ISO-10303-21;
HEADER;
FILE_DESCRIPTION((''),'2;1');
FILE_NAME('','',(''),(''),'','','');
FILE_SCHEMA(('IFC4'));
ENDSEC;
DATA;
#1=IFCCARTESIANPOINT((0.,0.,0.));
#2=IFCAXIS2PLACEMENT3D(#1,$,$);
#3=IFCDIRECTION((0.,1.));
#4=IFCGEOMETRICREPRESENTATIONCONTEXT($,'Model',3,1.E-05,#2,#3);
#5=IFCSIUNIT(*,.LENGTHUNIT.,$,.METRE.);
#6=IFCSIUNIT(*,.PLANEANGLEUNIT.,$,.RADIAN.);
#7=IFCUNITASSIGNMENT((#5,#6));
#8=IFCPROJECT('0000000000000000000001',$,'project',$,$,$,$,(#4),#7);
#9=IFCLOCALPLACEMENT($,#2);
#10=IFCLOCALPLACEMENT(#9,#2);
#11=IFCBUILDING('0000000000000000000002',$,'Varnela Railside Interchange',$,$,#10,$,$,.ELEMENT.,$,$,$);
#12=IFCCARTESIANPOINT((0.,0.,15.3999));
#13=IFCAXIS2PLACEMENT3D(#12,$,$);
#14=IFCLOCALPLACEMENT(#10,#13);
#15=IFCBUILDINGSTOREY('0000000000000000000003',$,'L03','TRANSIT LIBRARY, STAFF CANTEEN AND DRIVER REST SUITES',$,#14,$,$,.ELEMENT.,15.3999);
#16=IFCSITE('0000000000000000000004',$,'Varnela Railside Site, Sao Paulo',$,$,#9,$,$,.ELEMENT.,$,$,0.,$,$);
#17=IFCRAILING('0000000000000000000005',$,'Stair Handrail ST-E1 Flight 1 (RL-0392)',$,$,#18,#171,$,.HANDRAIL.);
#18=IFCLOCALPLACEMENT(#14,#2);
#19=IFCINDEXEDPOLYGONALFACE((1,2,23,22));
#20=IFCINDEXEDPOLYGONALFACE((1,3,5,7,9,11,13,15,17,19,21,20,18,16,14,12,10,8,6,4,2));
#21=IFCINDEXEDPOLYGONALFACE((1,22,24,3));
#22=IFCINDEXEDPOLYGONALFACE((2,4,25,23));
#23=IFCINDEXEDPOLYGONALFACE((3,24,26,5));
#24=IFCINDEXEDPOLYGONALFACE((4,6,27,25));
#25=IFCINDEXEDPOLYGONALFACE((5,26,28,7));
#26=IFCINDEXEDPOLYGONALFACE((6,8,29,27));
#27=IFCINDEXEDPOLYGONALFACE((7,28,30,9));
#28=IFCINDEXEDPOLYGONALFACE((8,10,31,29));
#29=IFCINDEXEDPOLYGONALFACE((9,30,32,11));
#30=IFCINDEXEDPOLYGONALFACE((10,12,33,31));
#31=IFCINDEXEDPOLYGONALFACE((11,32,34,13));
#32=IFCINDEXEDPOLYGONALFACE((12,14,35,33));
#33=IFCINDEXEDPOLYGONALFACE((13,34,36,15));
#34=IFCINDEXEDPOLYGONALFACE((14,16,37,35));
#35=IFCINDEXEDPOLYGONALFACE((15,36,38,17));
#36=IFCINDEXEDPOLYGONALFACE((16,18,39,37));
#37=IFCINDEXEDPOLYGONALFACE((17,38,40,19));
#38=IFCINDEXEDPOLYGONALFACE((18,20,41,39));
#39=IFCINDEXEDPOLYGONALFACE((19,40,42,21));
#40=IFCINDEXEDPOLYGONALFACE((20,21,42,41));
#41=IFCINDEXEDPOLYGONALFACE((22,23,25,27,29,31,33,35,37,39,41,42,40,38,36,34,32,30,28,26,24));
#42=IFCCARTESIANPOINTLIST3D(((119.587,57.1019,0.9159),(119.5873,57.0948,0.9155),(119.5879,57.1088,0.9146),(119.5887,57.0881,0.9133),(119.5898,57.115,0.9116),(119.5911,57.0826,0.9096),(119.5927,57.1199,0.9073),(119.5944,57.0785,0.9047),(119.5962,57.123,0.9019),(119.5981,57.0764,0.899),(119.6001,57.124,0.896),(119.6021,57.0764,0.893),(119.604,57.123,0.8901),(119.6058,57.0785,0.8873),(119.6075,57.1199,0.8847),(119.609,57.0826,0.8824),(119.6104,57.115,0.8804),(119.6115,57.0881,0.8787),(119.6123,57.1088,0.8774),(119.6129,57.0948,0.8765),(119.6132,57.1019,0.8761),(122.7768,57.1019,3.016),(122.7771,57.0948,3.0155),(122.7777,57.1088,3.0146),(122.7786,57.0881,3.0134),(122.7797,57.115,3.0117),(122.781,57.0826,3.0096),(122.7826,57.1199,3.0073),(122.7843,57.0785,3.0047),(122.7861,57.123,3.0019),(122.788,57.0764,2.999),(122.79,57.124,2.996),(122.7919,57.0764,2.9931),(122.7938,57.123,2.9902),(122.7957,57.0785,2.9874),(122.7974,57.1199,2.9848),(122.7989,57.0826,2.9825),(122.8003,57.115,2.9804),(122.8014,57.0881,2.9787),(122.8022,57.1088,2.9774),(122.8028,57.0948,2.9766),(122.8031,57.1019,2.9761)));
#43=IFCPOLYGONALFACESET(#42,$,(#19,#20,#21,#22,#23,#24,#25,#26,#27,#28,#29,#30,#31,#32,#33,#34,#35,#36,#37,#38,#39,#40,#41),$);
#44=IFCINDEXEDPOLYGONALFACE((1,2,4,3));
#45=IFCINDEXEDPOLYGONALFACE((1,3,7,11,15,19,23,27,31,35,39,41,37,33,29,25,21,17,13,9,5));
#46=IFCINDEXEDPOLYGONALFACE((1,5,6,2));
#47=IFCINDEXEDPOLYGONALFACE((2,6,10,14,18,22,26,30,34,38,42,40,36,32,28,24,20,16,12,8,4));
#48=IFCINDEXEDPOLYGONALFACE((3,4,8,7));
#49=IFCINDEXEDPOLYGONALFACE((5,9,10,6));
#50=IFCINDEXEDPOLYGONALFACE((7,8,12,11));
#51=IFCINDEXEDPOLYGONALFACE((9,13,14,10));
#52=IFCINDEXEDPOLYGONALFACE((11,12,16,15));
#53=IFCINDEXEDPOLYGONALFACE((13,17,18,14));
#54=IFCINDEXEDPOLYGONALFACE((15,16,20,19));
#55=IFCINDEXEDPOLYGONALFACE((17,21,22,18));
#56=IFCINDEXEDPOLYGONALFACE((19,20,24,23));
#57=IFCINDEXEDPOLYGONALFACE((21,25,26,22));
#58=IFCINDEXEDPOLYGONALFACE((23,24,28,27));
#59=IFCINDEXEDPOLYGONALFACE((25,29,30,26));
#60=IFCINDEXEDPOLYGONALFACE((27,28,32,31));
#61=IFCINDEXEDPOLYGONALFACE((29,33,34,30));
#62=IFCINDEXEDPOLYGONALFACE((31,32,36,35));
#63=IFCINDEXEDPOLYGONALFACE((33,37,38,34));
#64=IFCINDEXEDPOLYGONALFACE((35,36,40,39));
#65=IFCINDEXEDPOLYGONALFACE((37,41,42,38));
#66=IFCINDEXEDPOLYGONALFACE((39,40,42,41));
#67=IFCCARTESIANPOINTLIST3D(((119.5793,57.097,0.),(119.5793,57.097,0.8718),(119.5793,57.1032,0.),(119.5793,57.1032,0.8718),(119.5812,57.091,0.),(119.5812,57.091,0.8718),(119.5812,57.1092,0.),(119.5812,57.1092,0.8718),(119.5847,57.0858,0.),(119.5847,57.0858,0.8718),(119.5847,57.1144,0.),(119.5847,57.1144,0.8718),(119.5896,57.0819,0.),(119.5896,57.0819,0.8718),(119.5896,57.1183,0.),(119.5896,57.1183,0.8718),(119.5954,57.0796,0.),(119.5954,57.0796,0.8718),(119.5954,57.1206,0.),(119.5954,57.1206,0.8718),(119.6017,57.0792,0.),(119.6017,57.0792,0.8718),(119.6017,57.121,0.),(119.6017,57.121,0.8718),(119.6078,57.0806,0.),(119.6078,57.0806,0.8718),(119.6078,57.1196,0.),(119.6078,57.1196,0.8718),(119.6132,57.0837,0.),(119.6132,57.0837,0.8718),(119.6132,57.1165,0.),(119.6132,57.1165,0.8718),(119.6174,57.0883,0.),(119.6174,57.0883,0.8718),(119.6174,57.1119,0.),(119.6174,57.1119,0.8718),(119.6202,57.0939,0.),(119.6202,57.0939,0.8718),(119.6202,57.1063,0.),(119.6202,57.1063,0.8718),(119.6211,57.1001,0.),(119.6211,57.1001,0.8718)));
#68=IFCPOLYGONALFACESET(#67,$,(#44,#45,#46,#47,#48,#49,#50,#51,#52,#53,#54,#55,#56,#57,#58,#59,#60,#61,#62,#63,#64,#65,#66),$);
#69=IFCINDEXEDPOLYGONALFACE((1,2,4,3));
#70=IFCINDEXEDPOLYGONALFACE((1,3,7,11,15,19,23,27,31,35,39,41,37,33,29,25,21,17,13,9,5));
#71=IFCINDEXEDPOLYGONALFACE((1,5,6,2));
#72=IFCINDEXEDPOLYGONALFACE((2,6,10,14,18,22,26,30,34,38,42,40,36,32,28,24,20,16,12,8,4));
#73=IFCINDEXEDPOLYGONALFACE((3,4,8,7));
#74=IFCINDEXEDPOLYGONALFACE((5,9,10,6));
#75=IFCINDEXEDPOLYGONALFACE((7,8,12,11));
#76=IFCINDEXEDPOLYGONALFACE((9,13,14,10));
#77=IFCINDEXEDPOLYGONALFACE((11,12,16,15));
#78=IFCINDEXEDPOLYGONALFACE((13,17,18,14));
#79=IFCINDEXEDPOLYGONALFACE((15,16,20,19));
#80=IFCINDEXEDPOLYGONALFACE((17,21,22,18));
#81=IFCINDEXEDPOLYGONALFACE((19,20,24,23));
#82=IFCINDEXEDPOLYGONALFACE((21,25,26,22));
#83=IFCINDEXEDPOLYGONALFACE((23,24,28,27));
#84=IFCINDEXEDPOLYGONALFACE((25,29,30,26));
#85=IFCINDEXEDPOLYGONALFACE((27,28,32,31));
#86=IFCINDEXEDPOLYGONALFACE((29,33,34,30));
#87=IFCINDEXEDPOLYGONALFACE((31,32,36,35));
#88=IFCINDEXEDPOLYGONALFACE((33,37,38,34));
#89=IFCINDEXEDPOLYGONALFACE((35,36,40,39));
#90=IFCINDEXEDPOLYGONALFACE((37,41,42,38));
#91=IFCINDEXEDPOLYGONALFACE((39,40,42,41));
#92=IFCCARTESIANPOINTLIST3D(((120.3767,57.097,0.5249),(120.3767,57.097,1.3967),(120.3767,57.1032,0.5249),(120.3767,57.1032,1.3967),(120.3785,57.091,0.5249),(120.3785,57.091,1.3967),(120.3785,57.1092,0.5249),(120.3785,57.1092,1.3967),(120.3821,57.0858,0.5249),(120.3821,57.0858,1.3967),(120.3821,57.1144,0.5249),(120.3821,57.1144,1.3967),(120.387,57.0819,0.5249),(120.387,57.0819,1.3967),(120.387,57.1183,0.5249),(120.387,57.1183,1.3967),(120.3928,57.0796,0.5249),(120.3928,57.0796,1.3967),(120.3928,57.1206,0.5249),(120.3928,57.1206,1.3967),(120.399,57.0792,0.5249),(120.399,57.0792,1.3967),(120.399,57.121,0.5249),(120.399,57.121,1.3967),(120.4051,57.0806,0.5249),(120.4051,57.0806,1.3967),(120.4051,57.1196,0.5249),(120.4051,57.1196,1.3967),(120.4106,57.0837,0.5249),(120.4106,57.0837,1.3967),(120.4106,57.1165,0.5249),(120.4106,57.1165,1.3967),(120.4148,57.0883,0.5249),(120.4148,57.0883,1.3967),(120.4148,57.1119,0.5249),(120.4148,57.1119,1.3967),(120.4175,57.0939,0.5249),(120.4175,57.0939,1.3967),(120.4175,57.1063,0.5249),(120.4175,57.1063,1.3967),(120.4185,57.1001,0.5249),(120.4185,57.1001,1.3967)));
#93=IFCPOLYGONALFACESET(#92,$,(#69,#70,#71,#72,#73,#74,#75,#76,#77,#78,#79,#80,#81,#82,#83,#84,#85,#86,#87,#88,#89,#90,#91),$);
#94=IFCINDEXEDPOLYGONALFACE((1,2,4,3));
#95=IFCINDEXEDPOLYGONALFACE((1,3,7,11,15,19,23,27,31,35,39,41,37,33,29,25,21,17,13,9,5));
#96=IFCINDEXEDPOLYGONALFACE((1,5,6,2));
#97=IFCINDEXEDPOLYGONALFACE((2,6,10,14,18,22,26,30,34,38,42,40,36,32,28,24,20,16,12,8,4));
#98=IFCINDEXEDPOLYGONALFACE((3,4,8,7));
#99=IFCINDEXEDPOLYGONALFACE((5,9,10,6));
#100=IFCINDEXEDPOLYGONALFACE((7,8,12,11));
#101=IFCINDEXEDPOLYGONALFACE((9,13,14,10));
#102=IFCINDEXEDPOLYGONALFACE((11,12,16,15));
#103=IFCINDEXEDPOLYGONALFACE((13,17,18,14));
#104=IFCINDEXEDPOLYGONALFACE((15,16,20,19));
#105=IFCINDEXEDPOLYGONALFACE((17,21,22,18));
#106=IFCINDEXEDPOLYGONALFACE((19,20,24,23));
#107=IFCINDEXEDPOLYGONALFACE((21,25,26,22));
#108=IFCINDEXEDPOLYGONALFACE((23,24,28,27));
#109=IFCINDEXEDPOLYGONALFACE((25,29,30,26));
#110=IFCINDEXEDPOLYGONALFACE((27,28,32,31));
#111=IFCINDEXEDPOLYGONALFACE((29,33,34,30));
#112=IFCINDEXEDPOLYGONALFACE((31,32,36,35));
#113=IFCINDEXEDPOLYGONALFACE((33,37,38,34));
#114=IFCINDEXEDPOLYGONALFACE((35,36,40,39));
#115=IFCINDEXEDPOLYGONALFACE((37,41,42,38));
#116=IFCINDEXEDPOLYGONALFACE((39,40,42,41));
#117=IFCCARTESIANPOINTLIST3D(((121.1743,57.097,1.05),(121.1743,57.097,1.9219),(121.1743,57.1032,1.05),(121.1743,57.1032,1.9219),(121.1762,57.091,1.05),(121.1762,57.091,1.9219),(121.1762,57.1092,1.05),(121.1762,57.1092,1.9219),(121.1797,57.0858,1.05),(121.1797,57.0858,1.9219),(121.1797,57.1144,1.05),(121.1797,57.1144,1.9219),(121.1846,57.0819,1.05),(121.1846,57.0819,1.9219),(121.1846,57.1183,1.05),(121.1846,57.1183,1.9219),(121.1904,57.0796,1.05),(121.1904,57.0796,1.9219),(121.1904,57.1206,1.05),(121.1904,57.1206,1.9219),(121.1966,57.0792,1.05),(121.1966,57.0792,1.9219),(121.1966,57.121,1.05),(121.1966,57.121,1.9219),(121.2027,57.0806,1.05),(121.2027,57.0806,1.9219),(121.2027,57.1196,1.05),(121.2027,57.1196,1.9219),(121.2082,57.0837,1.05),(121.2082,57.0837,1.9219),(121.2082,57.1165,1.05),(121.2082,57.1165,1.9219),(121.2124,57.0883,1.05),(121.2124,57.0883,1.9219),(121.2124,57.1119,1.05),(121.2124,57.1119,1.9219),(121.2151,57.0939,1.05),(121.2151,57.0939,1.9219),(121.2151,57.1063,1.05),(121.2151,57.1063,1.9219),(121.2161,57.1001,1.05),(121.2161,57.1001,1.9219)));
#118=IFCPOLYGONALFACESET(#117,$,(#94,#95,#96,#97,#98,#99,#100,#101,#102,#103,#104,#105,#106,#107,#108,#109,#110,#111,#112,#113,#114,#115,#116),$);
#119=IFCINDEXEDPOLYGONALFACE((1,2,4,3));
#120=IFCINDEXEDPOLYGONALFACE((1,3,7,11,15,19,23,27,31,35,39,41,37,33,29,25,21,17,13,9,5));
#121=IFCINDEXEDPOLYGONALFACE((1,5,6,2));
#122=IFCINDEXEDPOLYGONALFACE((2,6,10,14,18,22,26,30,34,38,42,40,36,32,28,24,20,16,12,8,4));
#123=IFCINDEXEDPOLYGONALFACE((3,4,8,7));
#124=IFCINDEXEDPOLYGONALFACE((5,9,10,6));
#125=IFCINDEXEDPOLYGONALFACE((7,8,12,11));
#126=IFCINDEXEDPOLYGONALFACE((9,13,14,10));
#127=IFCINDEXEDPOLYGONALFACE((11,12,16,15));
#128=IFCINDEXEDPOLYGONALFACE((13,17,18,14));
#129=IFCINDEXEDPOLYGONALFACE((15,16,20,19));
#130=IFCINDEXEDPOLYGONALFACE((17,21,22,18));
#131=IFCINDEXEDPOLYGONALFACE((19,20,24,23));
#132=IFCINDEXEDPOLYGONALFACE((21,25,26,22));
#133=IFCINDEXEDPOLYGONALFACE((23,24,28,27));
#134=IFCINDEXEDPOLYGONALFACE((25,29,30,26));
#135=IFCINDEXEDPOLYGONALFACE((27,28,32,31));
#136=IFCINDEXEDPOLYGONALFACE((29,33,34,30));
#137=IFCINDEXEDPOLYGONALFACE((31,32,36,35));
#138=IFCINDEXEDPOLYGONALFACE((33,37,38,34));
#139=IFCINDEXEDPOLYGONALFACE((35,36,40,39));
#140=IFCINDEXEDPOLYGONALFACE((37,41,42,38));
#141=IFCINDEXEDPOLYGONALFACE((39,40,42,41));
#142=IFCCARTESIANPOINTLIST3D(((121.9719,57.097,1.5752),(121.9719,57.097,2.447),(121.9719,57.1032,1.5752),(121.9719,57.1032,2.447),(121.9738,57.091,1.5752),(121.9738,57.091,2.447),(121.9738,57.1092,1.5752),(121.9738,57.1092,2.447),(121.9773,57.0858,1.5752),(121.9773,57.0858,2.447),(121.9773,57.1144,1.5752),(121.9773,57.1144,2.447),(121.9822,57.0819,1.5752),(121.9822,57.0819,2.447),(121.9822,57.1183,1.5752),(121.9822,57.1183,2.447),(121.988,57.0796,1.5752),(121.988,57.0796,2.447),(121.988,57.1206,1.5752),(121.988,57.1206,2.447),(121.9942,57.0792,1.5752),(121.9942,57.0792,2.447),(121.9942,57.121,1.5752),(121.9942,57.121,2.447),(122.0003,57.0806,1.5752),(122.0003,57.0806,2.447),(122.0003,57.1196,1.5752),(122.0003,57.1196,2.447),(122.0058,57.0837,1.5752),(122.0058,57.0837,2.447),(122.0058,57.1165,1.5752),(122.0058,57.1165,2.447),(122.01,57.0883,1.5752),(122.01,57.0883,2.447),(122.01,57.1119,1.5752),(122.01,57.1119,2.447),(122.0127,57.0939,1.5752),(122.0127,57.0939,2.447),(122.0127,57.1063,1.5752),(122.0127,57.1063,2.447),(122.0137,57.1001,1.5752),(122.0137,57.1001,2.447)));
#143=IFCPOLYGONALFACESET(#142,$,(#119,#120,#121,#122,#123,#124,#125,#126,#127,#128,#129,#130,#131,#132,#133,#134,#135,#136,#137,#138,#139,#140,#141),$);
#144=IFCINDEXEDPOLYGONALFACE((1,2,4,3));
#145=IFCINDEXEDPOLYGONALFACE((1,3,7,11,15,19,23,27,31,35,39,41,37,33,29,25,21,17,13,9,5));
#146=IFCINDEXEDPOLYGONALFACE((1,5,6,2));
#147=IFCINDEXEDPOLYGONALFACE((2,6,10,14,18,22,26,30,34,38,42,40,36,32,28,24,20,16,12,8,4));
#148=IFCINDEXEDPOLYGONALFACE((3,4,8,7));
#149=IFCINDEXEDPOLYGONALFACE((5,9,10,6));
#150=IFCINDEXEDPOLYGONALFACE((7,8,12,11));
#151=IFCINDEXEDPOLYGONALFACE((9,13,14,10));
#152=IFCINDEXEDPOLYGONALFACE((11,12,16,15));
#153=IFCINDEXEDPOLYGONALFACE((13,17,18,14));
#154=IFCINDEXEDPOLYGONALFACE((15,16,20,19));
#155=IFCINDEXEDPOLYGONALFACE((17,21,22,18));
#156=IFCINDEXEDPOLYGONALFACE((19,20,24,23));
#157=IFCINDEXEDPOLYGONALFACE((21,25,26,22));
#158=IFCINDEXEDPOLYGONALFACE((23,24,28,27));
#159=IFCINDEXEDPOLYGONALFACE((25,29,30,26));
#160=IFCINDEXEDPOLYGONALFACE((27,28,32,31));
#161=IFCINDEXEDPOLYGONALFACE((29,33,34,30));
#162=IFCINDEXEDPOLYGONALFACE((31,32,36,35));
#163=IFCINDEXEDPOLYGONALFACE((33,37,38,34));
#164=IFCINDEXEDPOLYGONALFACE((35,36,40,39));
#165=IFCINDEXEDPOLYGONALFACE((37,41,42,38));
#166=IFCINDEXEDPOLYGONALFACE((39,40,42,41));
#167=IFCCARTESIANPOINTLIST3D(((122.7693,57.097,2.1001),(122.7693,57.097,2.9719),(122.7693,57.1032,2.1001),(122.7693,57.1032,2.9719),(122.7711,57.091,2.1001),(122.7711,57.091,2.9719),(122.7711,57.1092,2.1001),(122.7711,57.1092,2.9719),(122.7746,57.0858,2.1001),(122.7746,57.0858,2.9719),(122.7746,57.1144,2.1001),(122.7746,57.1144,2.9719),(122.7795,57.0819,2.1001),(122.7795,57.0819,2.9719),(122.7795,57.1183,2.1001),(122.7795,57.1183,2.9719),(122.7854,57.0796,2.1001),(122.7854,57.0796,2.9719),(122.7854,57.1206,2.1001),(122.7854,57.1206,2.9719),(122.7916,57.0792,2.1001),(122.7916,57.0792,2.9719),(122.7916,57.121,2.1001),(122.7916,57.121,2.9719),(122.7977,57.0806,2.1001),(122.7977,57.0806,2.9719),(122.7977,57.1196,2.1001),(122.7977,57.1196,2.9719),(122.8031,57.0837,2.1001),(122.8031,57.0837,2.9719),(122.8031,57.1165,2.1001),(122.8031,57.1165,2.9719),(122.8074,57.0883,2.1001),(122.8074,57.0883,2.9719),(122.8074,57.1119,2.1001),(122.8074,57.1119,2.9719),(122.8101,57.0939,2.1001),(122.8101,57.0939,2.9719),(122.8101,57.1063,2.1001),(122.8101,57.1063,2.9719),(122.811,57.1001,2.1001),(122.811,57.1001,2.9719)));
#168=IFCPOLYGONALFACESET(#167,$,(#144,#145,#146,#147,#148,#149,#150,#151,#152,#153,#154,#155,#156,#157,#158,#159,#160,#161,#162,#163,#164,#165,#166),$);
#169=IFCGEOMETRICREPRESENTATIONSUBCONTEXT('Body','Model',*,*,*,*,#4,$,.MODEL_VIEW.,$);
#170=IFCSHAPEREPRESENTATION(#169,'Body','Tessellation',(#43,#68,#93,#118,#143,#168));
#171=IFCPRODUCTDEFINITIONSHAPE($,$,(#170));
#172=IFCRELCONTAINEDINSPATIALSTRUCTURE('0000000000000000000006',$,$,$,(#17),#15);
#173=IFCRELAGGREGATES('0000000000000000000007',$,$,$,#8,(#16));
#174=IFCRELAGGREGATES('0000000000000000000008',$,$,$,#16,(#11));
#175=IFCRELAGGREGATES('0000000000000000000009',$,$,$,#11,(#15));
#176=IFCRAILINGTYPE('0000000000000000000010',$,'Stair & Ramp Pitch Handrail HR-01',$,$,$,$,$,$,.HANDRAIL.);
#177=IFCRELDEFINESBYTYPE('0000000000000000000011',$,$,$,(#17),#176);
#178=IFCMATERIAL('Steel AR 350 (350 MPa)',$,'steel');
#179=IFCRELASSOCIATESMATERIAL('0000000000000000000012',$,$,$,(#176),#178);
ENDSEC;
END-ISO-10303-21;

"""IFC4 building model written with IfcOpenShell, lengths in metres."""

from ifc_helpers import new_model, si_unit, direction, frame, origin, origin_2d, place, context, subcontext, project, spatial, circle, extrude, material, type_object, element, save


model = new_model("IFC4")

# Units and contexts
model_context = context("Model", 3, precision=1e-05, world=origin(), true_north=direction((0.0, 1.0)))
body_context = subcontext(model_context, "Body", "Model", "MODEL_VIEW")
ifc_project = project(units=[si_unit("LENGTHUNIT", "METRE"), si_unit("PLANEANGLEUNIT", "RADIAN")], contexts=[model_context])

# Site, building, storey
site_placement = place(None, origin())
site = spatial("IfcSite", under=ifc_project, at=site_placement, Name="Varnela Railside Site, Sao Paulo", CompositionType="ELEMENT", RefElevation=0.0)
building_placement = place(site_placement, origin())
building = spatial("IfcBuilding", under=site, at=building_placement, Name="Varnela Railside Interchange", CompositionType="ELEMENT")
storey_placement = place(building_placement, frame((0.0, 0.0, 15.3999)))
storey = spatial("IfcBuildingStorey", under=building, at=storey_placement, Name="L03", Description="TRANSIT LIBRARY, STAFF CANTEEN AND DRIVER REST SUITES", CompositionType="ELEMENT", Elevation=15.3999)

# Shared definitions
ifc_material_1 = material(Name="Steel AR 350 (350 MPa)", Category="steel")

# Railing
railing_type_1 = type_object("IfcRailingType", Name="Stair & Ramp Pitch Handrail HR-01", PredefinedType="HANDRAIL", material=ifc_material_1)
railing_1_placement = place(storey_placement, frame((119.6001, 57.1001, 0.0)))
element("IfcRailing", 1, at=railing_1_placement, inside=storey, type_object=railing_type_1, Name="Stair Handrail ST-E1 Flight 1 (RL-0392)", PredefinedType="HANDRAIL", context=body_context, shape_type="SweptSolid", body=[
    extrude(circle(Radius=0.0239, at=origin_2d()), frame((0.0, 0.0, 0.896), z_axis=(0.835242, 0.0, 0.549882), x_axis=(0.0, 1.0, 0.0)), (0.0, 0.0, 1.0), 3.8191),
    extrude(circle(Radius=0.021, at=origin_2d()), origin(), (0.0, 0.0, 1.0), 0.8718),
    extrude(circle(Radius=0.021, at=origin_2d()), frame((0.7974, 0.0, 0.5249)), (0.0, 0.0, 1.0), 0.8718),
    extrude(circle(Radius=0.021, at=origin_2d()), frame((1.595, 0.0, 1.05)), (0.0, 0.0, 1.0), 0.8718),
    extrude(circle(Radius=0.021, at=origin_2d()), frame((2.3926, 0.0, 1.5752)), (0.0, 0.0, 1.0), 0.8718),
    extrude(circle(Radius=0.021, at=origin_2d()), frame((3.1899, 0.0, 2.1001)), (0.0, 0.0, 1.0), 0.8718),
])

save(model, "model.ifc")
